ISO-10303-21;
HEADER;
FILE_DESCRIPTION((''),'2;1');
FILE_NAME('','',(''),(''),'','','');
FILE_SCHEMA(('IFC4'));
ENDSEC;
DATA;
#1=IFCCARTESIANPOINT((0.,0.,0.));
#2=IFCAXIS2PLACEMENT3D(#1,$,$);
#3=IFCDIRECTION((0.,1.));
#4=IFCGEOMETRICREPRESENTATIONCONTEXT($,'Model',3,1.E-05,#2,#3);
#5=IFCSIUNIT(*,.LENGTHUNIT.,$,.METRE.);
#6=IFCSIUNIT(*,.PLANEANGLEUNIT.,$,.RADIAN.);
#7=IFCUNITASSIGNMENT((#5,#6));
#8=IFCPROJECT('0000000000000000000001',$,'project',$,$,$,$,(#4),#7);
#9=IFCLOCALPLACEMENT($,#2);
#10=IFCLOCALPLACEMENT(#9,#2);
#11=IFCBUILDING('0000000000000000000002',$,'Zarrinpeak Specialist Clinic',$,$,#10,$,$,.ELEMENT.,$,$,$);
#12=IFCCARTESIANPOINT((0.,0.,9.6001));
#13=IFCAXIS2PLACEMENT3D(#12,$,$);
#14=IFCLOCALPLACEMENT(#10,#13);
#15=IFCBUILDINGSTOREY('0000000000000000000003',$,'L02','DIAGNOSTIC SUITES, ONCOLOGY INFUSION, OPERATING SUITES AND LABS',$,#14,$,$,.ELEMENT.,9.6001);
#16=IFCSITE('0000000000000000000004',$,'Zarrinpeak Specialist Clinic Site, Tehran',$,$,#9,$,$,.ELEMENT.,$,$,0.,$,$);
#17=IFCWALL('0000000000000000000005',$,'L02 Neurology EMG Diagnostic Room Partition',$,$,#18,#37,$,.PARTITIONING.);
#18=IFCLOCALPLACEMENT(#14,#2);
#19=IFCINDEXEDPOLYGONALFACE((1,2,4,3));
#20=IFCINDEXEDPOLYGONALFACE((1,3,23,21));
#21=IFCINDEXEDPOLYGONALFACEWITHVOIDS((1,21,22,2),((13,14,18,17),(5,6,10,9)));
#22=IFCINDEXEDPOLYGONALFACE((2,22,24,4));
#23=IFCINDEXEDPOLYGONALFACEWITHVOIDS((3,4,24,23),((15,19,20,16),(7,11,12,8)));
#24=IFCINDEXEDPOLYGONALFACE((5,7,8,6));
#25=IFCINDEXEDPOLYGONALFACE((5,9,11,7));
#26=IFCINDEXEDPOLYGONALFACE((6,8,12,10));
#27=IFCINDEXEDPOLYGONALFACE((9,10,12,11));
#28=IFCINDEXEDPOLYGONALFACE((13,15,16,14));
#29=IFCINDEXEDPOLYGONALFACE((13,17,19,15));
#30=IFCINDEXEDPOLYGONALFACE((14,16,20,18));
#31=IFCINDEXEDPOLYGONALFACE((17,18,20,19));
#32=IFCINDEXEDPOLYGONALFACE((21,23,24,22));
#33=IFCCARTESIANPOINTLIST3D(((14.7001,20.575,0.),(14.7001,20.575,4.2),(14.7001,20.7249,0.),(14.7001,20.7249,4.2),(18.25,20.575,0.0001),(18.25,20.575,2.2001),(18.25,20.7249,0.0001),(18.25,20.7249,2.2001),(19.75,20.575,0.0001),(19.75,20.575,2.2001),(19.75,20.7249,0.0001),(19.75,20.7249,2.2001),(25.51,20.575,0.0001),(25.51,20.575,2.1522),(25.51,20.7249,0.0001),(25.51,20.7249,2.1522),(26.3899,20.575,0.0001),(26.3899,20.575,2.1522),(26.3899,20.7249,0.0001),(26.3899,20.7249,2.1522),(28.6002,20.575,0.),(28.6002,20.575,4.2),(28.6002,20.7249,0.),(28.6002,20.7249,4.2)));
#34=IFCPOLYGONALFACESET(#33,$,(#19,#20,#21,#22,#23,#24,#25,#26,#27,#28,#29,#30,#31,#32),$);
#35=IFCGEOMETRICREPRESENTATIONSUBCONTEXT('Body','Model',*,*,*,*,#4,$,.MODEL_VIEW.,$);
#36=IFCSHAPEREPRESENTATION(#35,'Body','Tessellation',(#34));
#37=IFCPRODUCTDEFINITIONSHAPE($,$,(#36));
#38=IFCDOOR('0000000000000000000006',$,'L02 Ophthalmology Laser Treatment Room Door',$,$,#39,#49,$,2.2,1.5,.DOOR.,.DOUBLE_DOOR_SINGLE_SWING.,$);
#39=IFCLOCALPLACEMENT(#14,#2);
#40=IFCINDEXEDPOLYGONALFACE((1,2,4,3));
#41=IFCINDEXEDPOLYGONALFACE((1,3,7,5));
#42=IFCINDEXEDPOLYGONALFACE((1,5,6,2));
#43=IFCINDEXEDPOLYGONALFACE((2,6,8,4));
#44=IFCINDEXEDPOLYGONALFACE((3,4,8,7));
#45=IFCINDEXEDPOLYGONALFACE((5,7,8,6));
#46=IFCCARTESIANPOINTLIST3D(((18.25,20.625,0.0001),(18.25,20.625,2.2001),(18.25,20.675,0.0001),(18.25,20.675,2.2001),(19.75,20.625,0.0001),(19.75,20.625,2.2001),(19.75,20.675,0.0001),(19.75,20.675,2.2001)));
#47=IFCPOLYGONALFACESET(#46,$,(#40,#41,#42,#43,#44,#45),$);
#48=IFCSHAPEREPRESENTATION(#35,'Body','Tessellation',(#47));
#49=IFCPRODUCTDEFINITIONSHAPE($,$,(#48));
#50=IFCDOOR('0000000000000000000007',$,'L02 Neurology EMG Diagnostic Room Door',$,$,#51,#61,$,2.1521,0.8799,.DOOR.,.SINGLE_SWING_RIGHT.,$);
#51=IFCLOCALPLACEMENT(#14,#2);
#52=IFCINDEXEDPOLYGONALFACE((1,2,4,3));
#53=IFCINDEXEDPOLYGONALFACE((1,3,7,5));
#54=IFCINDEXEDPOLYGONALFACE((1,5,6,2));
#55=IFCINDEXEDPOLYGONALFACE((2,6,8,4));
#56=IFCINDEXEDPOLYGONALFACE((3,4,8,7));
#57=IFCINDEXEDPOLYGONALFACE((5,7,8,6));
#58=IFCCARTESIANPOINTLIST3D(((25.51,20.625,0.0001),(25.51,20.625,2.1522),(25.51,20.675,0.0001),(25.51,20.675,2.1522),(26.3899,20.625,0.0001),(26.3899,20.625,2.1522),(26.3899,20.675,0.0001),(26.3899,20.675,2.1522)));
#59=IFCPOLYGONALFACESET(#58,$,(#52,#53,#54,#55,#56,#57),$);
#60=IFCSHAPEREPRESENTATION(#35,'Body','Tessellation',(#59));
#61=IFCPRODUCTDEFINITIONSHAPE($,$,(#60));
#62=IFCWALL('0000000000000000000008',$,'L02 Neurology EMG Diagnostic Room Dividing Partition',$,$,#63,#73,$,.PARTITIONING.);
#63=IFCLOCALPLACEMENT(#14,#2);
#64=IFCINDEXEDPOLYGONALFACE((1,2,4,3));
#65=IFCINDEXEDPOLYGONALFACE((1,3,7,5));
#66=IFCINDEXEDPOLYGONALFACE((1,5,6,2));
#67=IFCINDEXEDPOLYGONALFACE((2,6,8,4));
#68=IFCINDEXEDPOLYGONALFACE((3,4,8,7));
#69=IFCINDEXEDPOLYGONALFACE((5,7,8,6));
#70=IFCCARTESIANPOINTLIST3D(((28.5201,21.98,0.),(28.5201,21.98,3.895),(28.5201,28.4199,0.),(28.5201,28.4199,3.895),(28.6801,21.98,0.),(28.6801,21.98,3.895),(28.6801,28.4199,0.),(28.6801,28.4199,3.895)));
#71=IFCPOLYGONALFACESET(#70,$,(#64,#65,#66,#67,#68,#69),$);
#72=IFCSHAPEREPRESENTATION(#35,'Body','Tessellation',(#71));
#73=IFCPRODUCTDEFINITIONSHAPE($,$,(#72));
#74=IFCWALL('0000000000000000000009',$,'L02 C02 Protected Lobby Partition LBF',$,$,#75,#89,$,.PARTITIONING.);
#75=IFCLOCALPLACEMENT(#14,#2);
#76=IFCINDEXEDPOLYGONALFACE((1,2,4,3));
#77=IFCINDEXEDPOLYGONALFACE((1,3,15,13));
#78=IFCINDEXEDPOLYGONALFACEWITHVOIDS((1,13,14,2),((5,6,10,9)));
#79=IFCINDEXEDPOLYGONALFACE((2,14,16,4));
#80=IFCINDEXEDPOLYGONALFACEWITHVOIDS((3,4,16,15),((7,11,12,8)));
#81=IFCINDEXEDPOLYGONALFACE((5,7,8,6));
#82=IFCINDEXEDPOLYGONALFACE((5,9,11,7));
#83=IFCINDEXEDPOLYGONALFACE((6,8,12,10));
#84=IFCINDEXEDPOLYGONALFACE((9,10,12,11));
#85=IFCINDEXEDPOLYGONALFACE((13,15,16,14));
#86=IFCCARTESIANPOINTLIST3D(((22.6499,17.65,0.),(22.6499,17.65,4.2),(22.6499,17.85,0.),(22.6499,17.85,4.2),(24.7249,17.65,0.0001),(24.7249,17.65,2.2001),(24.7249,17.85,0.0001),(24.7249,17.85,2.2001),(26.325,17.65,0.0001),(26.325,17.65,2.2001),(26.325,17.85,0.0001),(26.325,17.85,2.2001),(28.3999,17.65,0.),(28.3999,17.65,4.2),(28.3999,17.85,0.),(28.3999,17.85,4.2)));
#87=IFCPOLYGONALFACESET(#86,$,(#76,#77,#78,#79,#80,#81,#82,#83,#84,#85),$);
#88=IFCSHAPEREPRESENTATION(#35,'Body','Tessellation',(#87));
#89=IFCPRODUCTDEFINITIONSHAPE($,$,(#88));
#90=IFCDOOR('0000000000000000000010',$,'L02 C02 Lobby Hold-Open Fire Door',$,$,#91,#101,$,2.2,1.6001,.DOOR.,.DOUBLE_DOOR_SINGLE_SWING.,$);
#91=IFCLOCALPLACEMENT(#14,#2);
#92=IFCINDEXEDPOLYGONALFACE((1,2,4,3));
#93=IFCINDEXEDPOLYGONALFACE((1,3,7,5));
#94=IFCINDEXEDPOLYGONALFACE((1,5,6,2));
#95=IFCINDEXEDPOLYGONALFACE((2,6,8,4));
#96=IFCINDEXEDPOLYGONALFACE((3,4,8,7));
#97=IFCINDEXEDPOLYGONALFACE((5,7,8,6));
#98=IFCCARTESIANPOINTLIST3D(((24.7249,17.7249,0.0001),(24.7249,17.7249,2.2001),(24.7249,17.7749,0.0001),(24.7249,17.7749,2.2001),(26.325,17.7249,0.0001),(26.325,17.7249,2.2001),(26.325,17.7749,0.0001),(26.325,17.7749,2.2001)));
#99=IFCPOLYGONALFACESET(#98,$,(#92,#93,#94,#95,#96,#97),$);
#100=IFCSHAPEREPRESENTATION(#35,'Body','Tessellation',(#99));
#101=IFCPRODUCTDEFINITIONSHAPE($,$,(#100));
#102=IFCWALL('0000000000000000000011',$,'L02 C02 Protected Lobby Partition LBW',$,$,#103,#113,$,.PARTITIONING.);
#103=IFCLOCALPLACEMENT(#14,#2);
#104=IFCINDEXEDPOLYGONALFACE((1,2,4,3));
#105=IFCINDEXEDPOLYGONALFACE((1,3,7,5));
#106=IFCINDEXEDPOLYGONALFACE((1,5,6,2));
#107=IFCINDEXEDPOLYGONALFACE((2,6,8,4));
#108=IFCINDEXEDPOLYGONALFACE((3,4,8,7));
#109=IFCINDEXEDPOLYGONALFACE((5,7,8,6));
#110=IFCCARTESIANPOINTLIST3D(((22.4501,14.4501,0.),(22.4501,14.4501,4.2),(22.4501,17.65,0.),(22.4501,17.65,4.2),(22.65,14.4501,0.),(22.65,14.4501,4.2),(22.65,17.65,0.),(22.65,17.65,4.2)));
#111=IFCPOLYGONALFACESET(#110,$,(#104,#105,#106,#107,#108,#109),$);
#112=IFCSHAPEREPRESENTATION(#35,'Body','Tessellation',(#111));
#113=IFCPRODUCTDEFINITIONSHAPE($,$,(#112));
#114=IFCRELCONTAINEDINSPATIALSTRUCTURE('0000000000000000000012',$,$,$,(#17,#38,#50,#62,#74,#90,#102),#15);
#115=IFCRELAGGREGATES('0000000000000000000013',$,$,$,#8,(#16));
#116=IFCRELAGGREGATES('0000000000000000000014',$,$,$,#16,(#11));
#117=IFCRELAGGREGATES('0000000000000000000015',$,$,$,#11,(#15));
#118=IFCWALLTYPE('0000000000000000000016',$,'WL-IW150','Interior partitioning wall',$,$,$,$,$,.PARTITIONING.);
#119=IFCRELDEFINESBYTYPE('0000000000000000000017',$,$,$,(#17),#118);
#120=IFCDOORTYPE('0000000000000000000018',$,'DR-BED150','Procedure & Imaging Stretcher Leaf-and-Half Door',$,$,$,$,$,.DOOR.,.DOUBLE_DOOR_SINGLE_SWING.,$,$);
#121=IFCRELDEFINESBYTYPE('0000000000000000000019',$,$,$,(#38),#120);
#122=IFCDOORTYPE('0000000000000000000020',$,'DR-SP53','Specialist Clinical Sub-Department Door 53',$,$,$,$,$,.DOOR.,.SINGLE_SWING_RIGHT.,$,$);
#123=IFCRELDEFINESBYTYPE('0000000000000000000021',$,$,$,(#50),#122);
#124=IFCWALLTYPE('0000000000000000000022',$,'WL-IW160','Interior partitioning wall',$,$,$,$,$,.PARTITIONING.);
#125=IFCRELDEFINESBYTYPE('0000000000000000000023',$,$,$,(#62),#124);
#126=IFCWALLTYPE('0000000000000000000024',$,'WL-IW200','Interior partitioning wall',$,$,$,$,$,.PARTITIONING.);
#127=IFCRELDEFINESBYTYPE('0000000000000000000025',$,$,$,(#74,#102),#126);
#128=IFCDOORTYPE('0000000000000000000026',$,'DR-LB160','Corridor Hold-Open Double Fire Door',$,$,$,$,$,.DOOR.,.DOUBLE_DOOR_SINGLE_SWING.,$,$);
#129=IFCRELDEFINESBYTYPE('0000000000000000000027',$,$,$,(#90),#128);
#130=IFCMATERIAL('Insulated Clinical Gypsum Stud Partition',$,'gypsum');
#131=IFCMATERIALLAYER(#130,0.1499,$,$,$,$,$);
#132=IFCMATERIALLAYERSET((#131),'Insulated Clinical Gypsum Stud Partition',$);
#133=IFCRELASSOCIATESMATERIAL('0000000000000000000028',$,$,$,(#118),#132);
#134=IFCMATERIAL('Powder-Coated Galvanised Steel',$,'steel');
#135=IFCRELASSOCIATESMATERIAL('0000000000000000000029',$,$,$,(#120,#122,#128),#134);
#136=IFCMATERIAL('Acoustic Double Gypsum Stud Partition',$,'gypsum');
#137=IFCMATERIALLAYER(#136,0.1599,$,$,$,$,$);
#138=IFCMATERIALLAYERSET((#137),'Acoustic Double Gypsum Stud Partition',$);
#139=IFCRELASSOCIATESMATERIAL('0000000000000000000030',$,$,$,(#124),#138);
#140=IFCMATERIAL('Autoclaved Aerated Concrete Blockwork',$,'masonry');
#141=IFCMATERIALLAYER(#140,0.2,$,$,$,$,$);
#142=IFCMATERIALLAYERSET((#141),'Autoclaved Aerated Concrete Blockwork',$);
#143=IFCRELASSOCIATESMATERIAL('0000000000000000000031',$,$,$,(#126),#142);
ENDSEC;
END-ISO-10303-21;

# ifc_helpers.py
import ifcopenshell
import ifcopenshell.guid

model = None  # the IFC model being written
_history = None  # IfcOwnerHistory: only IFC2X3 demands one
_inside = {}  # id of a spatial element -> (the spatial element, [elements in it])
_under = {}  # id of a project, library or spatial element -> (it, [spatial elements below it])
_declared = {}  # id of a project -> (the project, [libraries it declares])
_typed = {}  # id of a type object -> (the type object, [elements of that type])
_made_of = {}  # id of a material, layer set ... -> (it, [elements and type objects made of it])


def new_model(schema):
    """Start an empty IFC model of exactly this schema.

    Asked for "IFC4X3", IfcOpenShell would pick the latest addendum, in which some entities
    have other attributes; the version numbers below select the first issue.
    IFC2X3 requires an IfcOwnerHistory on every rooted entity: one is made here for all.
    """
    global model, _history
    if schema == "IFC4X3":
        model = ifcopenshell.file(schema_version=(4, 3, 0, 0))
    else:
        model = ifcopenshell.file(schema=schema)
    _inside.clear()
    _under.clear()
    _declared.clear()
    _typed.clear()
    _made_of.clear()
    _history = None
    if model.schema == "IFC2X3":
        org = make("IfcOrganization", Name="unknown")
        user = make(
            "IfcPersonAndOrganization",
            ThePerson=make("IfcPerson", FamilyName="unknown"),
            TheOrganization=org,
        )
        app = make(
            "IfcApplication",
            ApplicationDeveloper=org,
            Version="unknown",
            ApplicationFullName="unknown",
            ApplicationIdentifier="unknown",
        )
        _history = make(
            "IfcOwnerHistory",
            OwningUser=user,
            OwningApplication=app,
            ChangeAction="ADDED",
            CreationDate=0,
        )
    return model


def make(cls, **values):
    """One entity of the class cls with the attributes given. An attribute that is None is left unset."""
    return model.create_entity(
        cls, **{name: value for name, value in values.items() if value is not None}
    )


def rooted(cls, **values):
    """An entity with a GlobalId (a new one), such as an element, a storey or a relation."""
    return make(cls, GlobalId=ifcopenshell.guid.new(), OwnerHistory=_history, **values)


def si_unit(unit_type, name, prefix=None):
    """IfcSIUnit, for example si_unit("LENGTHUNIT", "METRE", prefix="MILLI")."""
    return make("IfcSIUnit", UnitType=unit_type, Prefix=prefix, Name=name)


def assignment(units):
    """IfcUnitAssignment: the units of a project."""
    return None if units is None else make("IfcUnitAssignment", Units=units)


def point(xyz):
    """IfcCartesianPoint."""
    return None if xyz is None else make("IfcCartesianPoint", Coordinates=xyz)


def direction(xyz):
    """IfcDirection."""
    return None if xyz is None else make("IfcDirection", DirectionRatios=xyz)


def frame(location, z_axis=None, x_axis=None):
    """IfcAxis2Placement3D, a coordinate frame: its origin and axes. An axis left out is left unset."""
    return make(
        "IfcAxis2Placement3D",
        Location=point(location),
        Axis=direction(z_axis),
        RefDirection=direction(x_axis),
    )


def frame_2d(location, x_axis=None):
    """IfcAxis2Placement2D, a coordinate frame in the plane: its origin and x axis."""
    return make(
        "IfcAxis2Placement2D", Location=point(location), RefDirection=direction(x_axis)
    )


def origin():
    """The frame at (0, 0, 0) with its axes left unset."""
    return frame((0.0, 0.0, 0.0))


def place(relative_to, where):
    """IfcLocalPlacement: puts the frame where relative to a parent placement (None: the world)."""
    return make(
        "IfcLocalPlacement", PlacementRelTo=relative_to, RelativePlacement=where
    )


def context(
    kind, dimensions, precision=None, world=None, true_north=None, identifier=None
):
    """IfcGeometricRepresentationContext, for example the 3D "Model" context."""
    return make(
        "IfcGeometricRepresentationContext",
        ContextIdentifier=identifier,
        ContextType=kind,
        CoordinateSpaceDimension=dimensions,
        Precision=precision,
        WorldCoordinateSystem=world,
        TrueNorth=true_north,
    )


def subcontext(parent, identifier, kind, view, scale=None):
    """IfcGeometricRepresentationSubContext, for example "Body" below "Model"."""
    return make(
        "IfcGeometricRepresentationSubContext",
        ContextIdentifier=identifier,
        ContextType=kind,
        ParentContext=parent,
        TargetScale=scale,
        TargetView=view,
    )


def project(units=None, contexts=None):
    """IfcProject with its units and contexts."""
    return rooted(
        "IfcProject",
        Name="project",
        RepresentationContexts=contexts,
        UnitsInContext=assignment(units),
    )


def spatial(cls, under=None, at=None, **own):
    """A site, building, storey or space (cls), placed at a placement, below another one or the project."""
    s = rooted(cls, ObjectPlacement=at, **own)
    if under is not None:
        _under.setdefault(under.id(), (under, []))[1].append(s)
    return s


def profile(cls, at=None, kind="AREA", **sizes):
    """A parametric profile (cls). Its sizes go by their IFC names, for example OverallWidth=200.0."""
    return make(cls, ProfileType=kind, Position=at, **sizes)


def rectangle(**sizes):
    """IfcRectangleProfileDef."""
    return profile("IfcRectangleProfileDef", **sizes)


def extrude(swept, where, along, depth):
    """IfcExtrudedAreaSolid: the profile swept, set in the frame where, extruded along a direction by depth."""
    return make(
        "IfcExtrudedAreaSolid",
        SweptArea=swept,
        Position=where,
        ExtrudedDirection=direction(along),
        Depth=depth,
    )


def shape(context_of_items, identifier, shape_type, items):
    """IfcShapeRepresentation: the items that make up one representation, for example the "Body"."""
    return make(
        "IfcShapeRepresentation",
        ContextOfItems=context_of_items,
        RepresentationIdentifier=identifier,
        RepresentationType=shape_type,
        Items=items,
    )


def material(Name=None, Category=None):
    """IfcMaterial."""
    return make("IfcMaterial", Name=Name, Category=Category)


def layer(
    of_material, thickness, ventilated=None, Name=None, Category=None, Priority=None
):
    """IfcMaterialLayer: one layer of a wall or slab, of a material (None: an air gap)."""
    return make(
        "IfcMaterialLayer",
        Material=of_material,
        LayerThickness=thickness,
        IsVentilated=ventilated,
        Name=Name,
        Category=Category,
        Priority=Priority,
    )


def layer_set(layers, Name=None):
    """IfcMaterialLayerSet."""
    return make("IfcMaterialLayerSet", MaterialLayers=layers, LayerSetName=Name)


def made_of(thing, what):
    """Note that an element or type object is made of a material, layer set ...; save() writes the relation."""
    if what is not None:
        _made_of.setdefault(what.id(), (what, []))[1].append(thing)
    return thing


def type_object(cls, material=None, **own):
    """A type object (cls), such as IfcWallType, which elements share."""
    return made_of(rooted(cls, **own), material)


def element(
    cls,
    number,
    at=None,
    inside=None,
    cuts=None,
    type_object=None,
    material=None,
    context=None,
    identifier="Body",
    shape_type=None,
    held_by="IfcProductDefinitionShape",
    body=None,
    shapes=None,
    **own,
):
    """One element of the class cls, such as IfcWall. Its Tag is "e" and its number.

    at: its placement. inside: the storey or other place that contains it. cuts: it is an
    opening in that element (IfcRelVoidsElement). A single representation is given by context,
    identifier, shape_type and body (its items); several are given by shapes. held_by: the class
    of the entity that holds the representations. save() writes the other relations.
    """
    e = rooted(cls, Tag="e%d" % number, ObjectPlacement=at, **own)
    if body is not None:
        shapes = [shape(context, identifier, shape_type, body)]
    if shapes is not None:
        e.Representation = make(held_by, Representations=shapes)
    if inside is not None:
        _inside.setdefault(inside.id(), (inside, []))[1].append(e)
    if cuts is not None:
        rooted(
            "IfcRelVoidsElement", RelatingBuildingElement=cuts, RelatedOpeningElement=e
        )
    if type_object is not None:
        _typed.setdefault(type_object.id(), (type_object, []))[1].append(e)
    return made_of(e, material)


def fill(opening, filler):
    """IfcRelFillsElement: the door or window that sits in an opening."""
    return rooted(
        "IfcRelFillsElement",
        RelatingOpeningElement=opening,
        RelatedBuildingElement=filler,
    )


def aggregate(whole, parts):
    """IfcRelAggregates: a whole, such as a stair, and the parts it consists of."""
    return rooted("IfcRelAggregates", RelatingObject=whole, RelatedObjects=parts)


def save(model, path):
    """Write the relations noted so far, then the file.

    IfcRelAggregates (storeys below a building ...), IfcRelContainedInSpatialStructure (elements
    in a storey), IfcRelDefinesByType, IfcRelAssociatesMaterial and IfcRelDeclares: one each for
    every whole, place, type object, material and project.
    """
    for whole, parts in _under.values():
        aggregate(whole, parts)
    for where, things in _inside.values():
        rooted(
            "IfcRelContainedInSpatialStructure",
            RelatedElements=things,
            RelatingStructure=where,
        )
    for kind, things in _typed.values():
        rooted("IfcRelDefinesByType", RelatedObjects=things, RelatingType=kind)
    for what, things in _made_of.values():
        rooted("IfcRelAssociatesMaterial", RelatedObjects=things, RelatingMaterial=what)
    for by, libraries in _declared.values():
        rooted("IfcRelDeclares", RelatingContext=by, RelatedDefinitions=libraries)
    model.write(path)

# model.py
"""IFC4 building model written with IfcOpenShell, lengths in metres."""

from ifc_helpers import new_model, si_unit, direction, frame, frame_2d, origin, place, context, subcontext, project, spatial, rectangle, extrude, material, layer, layer_set, type_object, element, fill, save


model = new_model("IFC4")

# Units and contexts
model_context = context("Model", 3, precision=1e-05, world=origin(), true_north=direction((0.0, 1.0)))
body_context = subcontext(model_context, "Body", "Model", "MODEL_VIEW")
ifc_project = project(units=[si_unit("LENGTHUNIT", "METRE"), si_unit("PLANEANGLEUNIT", "RADIAN")], contexts=[model_context])

# Site, building, storey
site_placement = place(None, origin())
site = spatial("IfcSite", under=ifc_project, at=site_placement, Name="Zarrinpeak Specialist Clinic Site, Tehran", CompositionType="ELEMENT", RefElevation=0.0)
building_placement = place(site_placement, origin())
building = spatial("IfcBuilding", under=site, at=building_placement, Name="Zarrinpeak Specialist Clinic", CompositionType="ELEMENT")
storey_placement = place(building_placement, frame((0.0, 0.0, 9.6001)))
storey = spatial("IfcBuildingStorey", under=building, at=storey_placement, Name="L02", Description="DIAGNOSTIC SUITES, ONCOLOGY INFUSION, OPERATING SUITES AND LABS", CompositionType="ELEMENT", Elevation=9.6001)

# Wall, openings, doors
ifc_material_1 = material(Name="Insulated Clinical Gypsum Stud Partition", Category="gypsum")
ifc_layer_1 = layer(ifc_material_1, 0.1499)
ifc_layer_set_1 = layer_set([ifc_layer_1], Name="Insulated Clinical Gypsum Stud Partition")
wall_type_1 = type_object("IfcWallType", Name="WL-IW150", Description="Interior partitioning wall", PredefinedType="PARTITIONING", material=ifc_layer_set_1)
wall_1_placement = place(storey_placement, frame((14.7, 20.6499, 0.0), z_axis=(0.0, 0.0, 1.0), x_axis=(1.0, 0.0, 0.0)))
wall_1 = element("IfcWall", 1, at=wall_1_placement, inside=storey, type_object=wall_type_1, Name="L02 Neurology EMG Diagnostic Room Partition", PredefinedType="PARTITIONING", context=body_context, shape_type="SweptSolid", body=[
    extrude(rectangle(XDim=13.9001, YDim=0.1499, at=frame_2d((6.9502, 0.0))), origin(), (0.0, 0.0, 1.0), 4.2),
])
opening_1_placement = place(wall_1_placement, frame((10.8101, 0.0, 0.0)))
opening_1 = element("IfcOpeningElement", 2, at=opening_1_placement, cuts=wall_1, PredefinedType="OPENING", context=body_context, shape_type="SweptSolid", body=[
    extrude(rectangle(XDim=0.8799, YDim=2.1521, at=frame_2d((0.4399, 1.0762))), frame((0.0, 0.085, 0.0), z_axis=(0.0, -1.0, 0.0), x_axis=(1.0, 0.0, 0.0)), (0.0, 0.0, 1.0), 0.1699),
])
opening_2_placement = place(wall_1_placement, frame((3.55, 0.0, 0.0)))
opening_2 = element("IfcOpeningElement", 3, at=opening_2_placement, cuts=wall_1, PredefinedType="OPENING", context=body_context, shape_type="SweptSolid", body=[
    extrude(rectangle(XDim=1.5, YDim=2.2, at=frame_2d((0.75, 1.1001))), frame((0.0, 0.085, 0.0), z_axis=(0.0, -1.0, 0.0), x_axis=(1.0, 0.0, 0.0)), (0.0, 0.0, 1.0), 0.1699),
])
ifc_material_2 = material(Name="Powder-Coated Galvanised Steel", Category="steel")
door_type_1 = type_object("IfcDoorType", Name="DR-BED150", Description="Procedure & Imaging Stretcher Leaf-and-Half Door", OperationType="DOUBLE_DOOR_SINGLE_SWING", PredefinedType="DOOR", material=ifc_material_2)
door_1_placement = place(opening_2_placement, frame((1.5, 0.0, 0.0), z_axis=(0.0, 0.0, 1.0), x_axis=(-1.0, 0.0, 0.0)))
door_1 = element("IfcDoor", 4, at=door_1_placement, inside=storey, type_object=door_type_1, Name="L02 Ophthalmology Laser Treatment Room Door", OperationType="DOUBLE_DOOR_SINGLE_SWING", OverallHeight=2.2, OverallWidth=1.5, PredefinedType="DOOR", context=body_context, shape_type="SweptSolid", body=[
    extrude(rectangle(XDim=1.5, YDim=2.2, at=frame_2d((0.75, 1.1001))), frame((0.0, 0.0249, 0.0), z_axis=(0.0, -1.0, 0.0), x_axis=(1.0, 0.0, 0.0)), (0.0, 0.0, 1.0), 0.05),
])
fill(opening_2, door_1)
door_type_2 = type_object("IfcDoorType", Name="DR-SP53", Description="Specialist Clinical Sub-Department Door 53", OperationType="SINGLE_SWING_RIGHT", PredefinedType="DOOR", material=ifc_material_2)
door_2_placement = place(opening_1_placement, frame((0.8799, 0.0, 0.0), z_axis=(0.0, 0.0, 1.0), x_axis=(-1.0, 0.0, 0.0)))
door_2 = element("IfcDoor", 5, at=door_2_placement, inside=storey, type_object=door_type_2, Name="L02 Neurology EMG Diagnostic Room Door", OperationType="SINGLE_SWING_RIGHT", OverallHeight=2.1521, OverallWidth=0.8799, PredefinedType="DOOR", context=body_context, shape_type="SweptSolid", body=[
    extrude(rectangle(XDim=0.8799, YDim=2.1521, at=frame_2d((0.4399, 1.0762))), frame((0.0, 0.0249, 0.0), z_axis=(0.0, -1.0, 0.0), x_axis=(1.0, 0.0, 0.0)), (0.0, 0.0, 1.0), 0.05),
])
fill(opening_1, door_2)

# Wall
ifc_material_3 = material(Name="Acoustic Double Gypsum Stud Partition", Category="gypsum")
ifc_layer_2 = layer(ifc_material_3, 0.1599)
ifc_layer_set_2 = layer_set([ifc_layer_2], Name="Acoustic Double Gypsum Stud Partition")
wall_type_2 = type_object("IfcWallType", Name="WL-IW160", Description="Interior partitioning wall", PredefinedType="PARTITIONING", material=ifc_layer_set_2)
wall_2_placement = place(storey_placement, frame((28.6001, 21.98, 0.0), z_axis=(0.0, 0.0, 1.0), x_axis=(0.0, 1.0, 0.0)))
element("IfcWall", 6, at=wall_2_placement, inside=storey, type_object=wall_type_2, Name="L02 Neurology EMG Diagnostic Room Dividing Partition", PredefinedType="PARTITIONING", context=body_context, shape_type="SweptSolid", body=[
    extrude(rectangle(XDim=6.4399, YDim=0.1599, at=frame_2d((3.22, 0.0))), origin(), (0.0, 0.0, 1.0), 3.895),
])

# Wall, opening, door
ifc_material_4 = material(Name="Autoclaved Aerated Concrete Blockwork", Category="masonry")
ifc_layer_3 = layer(ifc_material_4, 0.2)
ifc_layer_set_3 = layer_set([ifc_layer_3], Name="Autoclaved Aerated Concrete Blockwork")
wall_type_3 = type_object("IfcWallType", Name="WL-IW200", Description="Interior partitioning wall", PredefinedType="PARTITIONING", material=ifc_layer_set_3)
wall_3_placement = place(storey_placement, frame((22.6499, 17.75, 0.0), z_axis=(0.0, 0.0, 1.0), x_axis=(1.0, 0.0, 0.0)))
wall_3 = element("IfcWall", 7, at=wall_3_placement, inside=storey, type_object=wall_type_3, Name="L02 C02 Protected Lobby Partition LBF", PredefinedType="PARTITIONING", context=body_context, shape_type="SweptSolid", body=[
    extrude(rectangle(XDim=5.75, YDim=0.2, at=frame_2d((2.875, 0.0))), origin(), (0.0, 0.0, 1.0), 4.2),
])
opening_3_placement = place(wall_3_placement, frame((2.075, 0.0, 0.0)))
opening_3 = element("IfcOpeningElement", 8, at=opening_3_placement, cuts=wall_3, PredefinedType="OPENING", context=body_context, shape_type="SweptSolid", body=[
    extrude(rectangle(XDim=1.6001, YDim=2.2, at=frame_2d((0.8, 1.1001))), frame((0.0, 0.1099, 0.0), z_axis=(0.0, -1.0, 0.0), x_axis=(1.0, 0.0, 0.0)), (0.0, 0.0, 1.0), 0.22),
])
door_type_3 = type_object("IfcDoorType", Name="DR-LB160", Description="Corridor Hold-Open Double Fire Door", OperationType="DOUBLE_DOOR_SINGLE_SWING", PredefinedType="DOOR", material=ifc_material_2)
door_3_placement = place(opening_3_placement, origin())
door_3 = element("IfcDoor", 9, at=door_3_placement, inside=storey, type_object=door_type_3, Name="L02 C02 Lobby Hold-Open Fire Door", OperationType="DOUBLE_DOOR_SINGLE_SWING", OverallHeight=2.2, OverallWidth=1.6001, PredefinedType="DOOR", context=body_context, shape_type="SweptSolid", body=[
    extrude(rectangle(XDim=1.6001, YDim=2.2, at=frame_2d((0.8, 1.1001))), frame((0.0, 0.0249, 0.0), z_axis=(0.0, -1.0, 0.0), x_axis=(1.0, 0.0, 0.0)), (0.0, 0.0, 1.0), 0.05),
])
fill(opening_3, door_3)

# Wall
wall_4_placement = place(storey_placement, frame((22.55, 14.45, 0.0), z_axis=(0.0, 0.0, 1.0), x_axis=(0.0, 1.0, 0.0)))
element("IfcWall", 10, at=wall_4_placement, inside=storey, type_object=wall_type_3, Name="L02 C02 Protected Lobby Partition LBW", PredefinedType="PARTITIONING", context=body_context, shape_type="SweptSolid", body=[
    extrude(rectangle(XDim=3.2, YDim=0.2, at=frame_2d((1.6001, 0.0))), origin(), (0.0, 0.0, 1.0), 4.2),
])

save(model, "model.ifc")
